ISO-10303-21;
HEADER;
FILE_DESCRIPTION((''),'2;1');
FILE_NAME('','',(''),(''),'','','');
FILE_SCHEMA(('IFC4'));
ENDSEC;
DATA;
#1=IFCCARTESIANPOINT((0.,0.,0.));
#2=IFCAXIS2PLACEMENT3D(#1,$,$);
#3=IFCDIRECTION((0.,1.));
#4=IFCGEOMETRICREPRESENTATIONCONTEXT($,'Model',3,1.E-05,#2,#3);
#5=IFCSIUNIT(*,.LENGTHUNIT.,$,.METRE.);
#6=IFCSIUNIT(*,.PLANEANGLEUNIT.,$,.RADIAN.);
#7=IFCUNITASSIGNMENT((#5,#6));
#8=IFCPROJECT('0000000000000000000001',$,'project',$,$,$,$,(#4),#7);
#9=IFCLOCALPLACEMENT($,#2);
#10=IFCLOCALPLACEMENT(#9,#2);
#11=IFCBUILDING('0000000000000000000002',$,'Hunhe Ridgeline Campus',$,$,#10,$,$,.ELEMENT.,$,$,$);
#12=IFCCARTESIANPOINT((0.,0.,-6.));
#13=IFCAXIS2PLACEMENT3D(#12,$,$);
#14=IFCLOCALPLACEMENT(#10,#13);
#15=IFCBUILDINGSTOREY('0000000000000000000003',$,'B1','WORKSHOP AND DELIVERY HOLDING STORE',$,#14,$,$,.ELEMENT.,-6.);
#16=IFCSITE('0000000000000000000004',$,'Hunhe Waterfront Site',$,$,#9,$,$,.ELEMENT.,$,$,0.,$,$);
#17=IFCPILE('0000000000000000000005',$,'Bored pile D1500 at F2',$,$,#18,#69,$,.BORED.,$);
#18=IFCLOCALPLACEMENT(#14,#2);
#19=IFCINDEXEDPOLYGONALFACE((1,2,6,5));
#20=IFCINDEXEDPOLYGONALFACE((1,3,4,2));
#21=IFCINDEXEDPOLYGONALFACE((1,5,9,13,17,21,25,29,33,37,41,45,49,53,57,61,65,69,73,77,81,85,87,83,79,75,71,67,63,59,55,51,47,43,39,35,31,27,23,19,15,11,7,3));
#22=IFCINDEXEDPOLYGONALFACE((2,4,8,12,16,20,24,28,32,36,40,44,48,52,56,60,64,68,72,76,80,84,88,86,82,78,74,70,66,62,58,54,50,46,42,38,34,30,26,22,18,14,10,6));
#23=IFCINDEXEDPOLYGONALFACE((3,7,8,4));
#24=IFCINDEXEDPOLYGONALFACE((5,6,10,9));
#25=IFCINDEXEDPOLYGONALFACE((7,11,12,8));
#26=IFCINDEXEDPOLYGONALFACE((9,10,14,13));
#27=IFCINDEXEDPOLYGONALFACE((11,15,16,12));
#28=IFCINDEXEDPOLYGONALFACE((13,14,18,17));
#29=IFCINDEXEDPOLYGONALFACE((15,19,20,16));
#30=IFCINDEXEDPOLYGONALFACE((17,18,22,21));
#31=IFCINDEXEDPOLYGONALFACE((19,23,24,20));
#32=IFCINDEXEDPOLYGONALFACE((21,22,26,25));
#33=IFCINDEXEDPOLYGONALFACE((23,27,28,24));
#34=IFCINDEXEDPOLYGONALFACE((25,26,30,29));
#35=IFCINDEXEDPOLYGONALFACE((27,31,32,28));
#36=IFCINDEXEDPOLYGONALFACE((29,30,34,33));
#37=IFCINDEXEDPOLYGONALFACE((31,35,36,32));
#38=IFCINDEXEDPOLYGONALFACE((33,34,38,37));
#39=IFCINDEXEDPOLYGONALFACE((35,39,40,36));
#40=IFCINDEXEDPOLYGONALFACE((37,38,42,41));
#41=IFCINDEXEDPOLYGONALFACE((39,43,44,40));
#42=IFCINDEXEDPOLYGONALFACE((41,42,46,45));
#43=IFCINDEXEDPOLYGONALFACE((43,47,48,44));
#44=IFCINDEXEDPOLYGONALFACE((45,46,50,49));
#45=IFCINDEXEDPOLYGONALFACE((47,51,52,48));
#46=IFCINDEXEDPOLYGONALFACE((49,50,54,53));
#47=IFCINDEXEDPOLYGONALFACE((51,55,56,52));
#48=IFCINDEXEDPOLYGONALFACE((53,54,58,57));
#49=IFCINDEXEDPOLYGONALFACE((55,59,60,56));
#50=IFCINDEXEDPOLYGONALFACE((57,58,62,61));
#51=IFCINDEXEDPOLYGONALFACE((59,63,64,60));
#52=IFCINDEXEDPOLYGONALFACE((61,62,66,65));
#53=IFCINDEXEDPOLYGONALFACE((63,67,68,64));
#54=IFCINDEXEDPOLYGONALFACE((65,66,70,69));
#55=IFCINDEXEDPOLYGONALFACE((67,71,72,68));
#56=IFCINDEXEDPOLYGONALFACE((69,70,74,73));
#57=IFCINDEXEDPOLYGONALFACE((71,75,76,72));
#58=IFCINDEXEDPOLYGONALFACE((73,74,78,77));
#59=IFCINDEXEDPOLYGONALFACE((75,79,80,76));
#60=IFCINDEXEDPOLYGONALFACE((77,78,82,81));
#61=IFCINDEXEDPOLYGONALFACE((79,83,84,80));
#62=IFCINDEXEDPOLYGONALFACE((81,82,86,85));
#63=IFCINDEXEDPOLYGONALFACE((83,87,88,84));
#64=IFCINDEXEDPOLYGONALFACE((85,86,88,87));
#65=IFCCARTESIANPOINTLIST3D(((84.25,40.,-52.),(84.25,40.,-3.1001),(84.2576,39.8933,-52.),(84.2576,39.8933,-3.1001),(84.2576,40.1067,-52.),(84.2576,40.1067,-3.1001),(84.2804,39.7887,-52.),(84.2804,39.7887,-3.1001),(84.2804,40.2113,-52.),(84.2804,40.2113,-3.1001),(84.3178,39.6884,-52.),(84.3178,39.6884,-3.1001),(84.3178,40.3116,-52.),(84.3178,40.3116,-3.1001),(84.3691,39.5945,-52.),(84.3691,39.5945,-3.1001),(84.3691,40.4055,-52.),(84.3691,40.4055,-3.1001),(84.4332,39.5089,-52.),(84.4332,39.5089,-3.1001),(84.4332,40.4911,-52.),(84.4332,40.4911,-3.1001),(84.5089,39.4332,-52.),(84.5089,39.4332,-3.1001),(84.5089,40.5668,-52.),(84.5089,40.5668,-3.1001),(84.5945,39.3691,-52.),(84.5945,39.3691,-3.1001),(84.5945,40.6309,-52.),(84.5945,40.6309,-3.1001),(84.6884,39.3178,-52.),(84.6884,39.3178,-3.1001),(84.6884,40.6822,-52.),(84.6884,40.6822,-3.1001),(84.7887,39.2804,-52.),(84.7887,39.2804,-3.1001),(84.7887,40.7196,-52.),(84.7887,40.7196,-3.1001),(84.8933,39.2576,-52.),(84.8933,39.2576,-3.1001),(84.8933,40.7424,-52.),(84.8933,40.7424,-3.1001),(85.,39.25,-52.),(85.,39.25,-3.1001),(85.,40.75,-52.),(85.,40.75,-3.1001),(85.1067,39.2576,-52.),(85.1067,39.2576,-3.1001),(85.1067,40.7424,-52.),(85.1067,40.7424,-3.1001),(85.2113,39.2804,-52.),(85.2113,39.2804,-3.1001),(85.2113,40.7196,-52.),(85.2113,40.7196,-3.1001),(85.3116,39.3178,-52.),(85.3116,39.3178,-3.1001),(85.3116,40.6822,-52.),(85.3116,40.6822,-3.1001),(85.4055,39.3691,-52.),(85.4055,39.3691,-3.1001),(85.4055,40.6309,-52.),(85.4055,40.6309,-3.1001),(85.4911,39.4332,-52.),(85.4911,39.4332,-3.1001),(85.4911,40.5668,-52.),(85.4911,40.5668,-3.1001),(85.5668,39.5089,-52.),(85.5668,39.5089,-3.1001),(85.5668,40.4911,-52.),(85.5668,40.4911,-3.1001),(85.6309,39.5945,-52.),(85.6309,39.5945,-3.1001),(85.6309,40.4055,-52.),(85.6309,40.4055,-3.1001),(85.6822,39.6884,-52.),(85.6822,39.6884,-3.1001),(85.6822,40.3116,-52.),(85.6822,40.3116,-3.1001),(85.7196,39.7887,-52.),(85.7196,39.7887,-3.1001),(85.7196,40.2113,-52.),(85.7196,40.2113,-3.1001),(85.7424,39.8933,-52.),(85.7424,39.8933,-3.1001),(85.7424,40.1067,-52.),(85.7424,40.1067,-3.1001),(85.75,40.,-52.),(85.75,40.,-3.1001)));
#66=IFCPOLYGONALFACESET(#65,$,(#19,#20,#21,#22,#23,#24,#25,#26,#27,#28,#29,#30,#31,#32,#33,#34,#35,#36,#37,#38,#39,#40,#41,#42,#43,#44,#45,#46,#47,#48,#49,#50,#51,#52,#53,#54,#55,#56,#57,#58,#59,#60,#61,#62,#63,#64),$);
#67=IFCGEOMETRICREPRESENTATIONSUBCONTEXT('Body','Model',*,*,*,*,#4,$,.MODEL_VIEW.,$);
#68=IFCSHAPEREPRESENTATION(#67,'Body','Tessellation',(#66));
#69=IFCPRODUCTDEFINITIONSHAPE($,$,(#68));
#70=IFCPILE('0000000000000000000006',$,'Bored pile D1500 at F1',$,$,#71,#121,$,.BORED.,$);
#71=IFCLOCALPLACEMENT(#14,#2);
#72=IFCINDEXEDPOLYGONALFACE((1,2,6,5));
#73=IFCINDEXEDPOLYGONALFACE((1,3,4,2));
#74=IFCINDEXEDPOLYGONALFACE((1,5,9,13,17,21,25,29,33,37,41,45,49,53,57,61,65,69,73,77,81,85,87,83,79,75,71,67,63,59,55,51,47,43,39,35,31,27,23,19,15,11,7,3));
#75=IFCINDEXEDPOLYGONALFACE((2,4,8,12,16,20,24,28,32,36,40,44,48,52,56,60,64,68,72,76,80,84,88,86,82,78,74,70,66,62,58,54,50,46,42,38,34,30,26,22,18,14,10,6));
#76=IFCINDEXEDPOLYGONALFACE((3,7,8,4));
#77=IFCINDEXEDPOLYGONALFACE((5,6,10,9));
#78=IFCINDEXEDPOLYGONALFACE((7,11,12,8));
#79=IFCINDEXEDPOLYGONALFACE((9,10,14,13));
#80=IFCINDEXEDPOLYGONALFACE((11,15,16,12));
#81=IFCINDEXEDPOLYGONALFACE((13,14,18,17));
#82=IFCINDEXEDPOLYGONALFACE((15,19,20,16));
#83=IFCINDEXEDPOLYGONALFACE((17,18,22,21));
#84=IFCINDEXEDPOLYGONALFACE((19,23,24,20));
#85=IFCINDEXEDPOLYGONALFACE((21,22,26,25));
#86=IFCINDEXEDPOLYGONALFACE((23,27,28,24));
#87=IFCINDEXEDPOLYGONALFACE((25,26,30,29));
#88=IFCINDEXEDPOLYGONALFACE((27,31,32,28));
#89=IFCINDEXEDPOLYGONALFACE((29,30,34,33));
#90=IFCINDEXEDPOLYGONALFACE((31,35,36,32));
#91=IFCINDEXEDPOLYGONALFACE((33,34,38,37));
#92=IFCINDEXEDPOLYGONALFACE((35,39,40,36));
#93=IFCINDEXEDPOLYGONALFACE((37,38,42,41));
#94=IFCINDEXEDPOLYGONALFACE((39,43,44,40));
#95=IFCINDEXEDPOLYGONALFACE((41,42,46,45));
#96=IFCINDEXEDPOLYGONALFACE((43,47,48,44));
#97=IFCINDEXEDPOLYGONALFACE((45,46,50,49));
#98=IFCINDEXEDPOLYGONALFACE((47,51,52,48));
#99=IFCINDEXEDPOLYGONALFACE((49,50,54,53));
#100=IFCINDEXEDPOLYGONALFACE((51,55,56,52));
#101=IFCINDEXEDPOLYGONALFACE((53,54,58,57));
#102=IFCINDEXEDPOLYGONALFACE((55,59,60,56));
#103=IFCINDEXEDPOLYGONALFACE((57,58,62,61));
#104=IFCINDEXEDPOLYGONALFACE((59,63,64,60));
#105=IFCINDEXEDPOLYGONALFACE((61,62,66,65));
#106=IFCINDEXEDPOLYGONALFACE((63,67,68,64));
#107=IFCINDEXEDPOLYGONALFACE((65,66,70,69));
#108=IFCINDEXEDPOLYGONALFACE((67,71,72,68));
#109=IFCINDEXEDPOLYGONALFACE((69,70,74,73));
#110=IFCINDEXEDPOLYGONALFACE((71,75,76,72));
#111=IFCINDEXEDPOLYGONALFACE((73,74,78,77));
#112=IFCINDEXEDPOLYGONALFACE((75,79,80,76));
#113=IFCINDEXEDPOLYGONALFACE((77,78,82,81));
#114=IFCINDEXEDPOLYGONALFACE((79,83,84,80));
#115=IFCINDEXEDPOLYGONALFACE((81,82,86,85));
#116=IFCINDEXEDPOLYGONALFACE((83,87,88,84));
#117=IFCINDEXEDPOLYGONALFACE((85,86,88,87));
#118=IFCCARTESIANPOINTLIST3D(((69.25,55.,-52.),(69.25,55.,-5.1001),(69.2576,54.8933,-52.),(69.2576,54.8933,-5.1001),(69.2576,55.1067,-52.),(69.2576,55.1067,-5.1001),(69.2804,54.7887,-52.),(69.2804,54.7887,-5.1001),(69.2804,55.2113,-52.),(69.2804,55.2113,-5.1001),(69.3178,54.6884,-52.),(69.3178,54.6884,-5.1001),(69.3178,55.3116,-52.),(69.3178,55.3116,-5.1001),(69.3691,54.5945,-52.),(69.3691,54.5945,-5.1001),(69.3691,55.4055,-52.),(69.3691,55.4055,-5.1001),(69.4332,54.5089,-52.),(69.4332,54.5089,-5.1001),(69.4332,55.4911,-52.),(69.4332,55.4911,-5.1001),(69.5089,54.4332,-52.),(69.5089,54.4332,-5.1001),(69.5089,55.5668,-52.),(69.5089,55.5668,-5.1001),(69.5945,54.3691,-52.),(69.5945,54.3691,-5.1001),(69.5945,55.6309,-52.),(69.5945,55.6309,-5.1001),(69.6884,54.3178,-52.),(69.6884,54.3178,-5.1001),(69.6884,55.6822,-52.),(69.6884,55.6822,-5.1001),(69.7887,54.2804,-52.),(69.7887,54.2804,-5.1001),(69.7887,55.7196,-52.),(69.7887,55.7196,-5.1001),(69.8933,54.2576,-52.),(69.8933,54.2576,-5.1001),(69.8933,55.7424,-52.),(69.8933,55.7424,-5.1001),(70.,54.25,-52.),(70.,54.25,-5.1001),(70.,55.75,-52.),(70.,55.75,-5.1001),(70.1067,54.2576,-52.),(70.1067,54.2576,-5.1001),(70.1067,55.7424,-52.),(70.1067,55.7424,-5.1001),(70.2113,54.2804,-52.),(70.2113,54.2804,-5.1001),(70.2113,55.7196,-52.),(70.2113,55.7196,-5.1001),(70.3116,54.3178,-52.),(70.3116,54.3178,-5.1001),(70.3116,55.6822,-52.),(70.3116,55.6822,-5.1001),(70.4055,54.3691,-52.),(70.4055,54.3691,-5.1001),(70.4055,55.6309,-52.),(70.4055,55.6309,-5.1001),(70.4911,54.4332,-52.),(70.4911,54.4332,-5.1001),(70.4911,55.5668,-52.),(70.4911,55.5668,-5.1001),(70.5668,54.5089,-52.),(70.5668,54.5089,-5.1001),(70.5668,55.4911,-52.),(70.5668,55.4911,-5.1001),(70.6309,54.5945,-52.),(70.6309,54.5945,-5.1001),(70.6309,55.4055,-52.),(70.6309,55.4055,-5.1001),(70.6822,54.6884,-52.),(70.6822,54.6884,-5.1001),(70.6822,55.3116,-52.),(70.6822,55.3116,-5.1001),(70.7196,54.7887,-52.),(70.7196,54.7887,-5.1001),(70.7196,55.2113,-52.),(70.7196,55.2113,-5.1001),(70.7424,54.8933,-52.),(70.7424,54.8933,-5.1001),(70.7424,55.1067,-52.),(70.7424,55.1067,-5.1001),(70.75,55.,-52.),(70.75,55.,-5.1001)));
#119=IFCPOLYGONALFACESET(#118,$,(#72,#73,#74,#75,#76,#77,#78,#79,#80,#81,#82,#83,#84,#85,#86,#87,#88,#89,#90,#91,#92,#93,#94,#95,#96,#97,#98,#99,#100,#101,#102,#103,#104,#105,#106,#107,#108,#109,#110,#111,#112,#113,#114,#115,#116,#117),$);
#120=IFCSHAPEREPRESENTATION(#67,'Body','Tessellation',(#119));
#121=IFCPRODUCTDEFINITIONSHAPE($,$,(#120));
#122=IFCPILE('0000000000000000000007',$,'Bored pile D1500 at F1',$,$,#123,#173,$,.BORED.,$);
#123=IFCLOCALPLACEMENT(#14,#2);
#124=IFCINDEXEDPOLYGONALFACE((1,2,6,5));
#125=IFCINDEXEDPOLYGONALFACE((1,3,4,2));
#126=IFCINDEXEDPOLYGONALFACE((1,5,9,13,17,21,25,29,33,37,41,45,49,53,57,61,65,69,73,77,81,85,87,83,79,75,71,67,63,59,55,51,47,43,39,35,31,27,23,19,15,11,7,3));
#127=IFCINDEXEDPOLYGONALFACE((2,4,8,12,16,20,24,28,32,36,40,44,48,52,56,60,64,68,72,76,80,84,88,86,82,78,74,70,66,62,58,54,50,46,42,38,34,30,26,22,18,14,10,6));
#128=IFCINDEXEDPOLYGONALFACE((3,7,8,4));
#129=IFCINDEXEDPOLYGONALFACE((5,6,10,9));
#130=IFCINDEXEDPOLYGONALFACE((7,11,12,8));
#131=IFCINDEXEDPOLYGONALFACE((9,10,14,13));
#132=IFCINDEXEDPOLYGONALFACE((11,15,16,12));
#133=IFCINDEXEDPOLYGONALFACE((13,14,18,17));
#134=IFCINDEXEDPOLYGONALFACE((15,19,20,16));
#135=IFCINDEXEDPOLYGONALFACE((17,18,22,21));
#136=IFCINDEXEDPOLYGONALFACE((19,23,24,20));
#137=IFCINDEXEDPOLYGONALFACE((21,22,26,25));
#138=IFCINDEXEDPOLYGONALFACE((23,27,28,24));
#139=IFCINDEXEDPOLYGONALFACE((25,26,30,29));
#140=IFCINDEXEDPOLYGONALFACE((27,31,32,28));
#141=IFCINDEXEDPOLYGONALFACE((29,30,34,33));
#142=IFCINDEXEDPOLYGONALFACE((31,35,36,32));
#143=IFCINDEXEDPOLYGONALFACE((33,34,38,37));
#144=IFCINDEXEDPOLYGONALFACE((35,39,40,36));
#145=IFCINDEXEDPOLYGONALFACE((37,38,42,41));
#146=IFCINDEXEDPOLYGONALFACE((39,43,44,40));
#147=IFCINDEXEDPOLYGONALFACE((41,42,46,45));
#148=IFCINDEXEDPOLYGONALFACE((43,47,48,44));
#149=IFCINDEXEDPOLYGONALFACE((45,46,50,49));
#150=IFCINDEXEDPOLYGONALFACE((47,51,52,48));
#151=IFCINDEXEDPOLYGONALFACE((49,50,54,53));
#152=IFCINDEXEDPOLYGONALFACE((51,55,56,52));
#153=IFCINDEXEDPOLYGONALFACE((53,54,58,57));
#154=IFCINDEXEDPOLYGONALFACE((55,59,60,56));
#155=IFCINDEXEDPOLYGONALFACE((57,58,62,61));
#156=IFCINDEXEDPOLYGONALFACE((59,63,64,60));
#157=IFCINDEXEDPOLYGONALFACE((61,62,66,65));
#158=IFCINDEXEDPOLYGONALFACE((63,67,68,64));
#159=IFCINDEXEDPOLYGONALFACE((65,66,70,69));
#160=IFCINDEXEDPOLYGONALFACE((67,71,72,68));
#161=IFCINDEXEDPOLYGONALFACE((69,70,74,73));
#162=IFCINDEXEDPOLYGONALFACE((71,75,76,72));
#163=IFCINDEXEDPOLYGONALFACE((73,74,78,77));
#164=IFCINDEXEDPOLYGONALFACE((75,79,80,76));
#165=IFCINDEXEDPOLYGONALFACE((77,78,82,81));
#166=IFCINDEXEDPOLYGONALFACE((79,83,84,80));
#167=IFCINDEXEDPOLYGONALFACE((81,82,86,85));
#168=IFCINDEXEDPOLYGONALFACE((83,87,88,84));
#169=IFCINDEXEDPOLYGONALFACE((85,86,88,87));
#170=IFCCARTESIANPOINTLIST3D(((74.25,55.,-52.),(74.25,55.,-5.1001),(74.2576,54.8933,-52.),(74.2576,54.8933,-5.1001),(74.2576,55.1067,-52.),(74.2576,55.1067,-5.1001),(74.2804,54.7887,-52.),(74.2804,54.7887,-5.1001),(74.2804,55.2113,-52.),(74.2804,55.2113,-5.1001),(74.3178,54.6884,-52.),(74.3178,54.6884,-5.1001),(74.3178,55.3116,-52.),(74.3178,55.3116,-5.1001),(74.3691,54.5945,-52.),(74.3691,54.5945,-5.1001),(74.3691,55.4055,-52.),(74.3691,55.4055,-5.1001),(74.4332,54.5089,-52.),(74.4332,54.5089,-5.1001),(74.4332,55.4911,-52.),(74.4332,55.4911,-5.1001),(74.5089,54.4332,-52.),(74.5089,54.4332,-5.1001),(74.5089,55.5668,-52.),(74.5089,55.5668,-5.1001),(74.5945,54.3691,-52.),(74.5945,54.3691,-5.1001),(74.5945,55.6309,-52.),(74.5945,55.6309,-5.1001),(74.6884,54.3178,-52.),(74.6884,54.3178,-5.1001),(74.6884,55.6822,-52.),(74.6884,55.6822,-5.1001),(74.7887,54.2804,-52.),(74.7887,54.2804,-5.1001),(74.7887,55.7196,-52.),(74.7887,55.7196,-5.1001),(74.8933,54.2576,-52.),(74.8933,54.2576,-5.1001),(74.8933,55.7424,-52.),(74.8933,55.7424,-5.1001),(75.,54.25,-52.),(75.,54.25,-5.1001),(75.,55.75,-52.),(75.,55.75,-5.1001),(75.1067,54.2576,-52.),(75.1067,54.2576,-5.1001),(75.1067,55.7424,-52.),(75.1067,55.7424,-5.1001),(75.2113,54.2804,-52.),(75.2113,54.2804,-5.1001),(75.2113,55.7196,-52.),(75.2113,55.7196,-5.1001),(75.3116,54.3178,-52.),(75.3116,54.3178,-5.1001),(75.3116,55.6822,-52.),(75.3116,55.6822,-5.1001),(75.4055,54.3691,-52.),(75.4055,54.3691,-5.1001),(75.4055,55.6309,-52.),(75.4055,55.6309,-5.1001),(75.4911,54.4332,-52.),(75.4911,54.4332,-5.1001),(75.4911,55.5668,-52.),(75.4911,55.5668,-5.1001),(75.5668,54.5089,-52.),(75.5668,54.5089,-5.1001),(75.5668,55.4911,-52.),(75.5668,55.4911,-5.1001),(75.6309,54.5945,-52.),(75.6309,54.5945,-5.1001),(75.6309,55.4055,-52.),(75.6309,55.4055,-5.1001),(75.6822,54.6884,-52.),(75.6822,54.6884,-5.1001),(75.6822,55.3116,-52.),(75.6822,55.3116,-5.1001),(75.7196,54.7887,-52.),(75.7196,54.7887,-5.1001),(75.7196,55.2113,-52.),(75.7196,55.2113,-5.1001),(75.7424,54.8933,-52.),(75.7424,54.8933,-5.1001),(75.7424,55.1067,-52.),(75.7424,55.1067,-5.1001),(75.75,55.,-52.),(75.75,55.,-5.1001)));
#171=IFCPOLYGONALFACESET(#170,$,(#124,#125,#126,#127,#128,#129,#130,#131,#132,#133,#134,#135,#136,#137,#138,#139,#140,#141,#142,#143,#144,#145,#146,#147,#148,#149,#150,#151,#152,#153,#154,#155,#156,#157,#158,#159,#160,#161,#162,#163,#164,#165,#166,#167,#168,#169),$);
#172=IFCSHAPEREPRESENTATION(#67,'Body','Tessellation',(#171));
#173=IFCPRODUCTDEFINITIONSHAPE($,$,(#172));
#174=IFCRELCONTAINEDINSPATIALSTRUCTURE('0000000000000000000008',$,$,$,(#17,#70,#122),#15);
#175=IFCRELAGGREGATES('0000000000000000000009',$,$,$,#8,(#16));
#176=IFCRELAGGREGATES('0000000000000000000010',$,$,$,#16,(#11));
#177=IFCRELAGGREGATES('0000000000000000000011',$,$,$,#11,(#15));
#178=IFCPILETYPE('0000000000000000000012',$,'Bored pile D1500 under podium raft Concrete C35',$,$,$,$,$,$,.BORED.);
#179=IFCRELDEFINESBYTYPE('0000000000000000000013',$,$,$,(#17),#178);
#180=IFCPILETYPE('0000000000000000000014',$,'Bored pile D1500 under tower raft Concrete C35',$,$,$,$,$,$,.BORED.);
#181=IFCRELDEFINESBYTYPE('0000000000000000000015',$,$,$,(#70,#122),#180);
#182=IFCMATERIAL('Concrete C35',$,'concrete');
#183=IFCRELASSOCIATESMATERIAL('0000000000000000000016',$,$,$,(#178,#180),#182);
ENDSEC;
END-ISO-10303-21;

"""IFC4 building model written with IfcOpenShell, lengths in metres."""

from ifc_helpers import new_model, si_unit, direction, frame, origin, origin_2d, place, context, subcontext, project, spatial, circle, extrude, material, material_profile, profile_set, type_object, element, save


model = new_model("IFC4")

# Units and contexts
model_context = context("Model", 3, precision=1e-05, world=origin(), true_north=direction((0.0, 1.0)))
body_context = subcontext(model_context, "Body", "Model", "MODEL_VIEW")
ifc_project = project(units=[si_unit("LENGTHUNIT", "METRE"), si_unit("PLANEANGLEUNIT", "RADIAN")], contexts=[model_context])

# Site, building, storey
site_placement = place(None, origin())
site = spatial("IfcSite", under=ifc_project, at=site_placement, Name="Hunhe Waterfront Site", CompositionType="ELEMENT", RefElevation=0.0)
building_placement = place(site_placement, origin())
building = spatial("IfcBuilding", under=site, at=building_placement, Name="Hunhe Ridgeline Campus", CompositionType="ELEMENT")
storey_placement = place(building_placement, frame((0.0, 0.0, -6.0)))
storey = spatial("IfcBuildingStorey", under=building, at=storey_placement, Name="B1", Description="WORKSHOP AND DELIVERY HOLDING STORE", CompositionType="ELEMENT", Elevation=-6.0)

# Piles
ifc_material_1 = material(Name="Concrete C35", Category="concrete")
ifc_material_profile_1 = material_profile(ifc_material_1, circle(Radius=0.75, at=origin_2d()))
ifc_profile_set_1 = profile_set([ifc_material_profile_1], Name="Concrete C35")
pile_type_1 = type_object("IfcPileType", Name="Bored pile D1500 under podium raft Concrete C35", PredefinedType="BORED", material=ifc_profile_set_1)
for number, where, z_axis, x_axis, name in (
    (1, (85.0, 40.0, -3.1001), (0.0, 0.0, -1.0), (1.0, 0.0, 0.0), "Bored pile D1500 at F2"),
):
    element("IfcPile", number, at=place(storey_placement, frame(where, z_axis=z_axis, x_axis=x_axis)), inside=storey, type_object=pile_type_1, Name=name, PredefinedType="BORED", context=body_context, shape_type="SweptSolid", body=[
        extrude(circle(Radius=0.75, at=origin_2d()), origin(), (0.0, 0.0, 1.0), 48.8999),
    ])
ifc_material_profile_2 = material_profile(ifc_material_1, circle(Radius=0.75, at=origin_2d()))
ifc_profile_set_2 = profile_set([ifc_material_profile_2], Name="Concrete C35")
pile_type_2 = type_object("IfcPileType", Name="Bored pile D1500 under tower raft Concrete C35", PredefinedType="BORED", material=ifc_profile_set_2)
for number, where, z_axis, x_axis, name in (
    (2, (70.0, 55.0, -5.1001), (0.0, 0.0, -1.0), (1.0, 0.0, 0.0), "Bored pile D1500 at F1"),
    (3, (75.0, 55.0, -5.1001), (0.0, 0.0, -1.0), (1.0, 0.0, 0.0), "Bored pile D1500 at F1"),
):
    element("IfcPile", number, at=place(storey_placement, frame(where, z_axis=z_axis, x_axis=x_axis)), inside=storey, type_object=pile_type_2, Name=name, PredefinedType="BORED", context=body_context, shape_type="SweptSolid", body=[
        extrude(circle(Radius=0.75, at=origin_2d()), origin(), (0.0, 0.0, 1.0), 46.8999),
    ])

save(model, "model.ifc")
